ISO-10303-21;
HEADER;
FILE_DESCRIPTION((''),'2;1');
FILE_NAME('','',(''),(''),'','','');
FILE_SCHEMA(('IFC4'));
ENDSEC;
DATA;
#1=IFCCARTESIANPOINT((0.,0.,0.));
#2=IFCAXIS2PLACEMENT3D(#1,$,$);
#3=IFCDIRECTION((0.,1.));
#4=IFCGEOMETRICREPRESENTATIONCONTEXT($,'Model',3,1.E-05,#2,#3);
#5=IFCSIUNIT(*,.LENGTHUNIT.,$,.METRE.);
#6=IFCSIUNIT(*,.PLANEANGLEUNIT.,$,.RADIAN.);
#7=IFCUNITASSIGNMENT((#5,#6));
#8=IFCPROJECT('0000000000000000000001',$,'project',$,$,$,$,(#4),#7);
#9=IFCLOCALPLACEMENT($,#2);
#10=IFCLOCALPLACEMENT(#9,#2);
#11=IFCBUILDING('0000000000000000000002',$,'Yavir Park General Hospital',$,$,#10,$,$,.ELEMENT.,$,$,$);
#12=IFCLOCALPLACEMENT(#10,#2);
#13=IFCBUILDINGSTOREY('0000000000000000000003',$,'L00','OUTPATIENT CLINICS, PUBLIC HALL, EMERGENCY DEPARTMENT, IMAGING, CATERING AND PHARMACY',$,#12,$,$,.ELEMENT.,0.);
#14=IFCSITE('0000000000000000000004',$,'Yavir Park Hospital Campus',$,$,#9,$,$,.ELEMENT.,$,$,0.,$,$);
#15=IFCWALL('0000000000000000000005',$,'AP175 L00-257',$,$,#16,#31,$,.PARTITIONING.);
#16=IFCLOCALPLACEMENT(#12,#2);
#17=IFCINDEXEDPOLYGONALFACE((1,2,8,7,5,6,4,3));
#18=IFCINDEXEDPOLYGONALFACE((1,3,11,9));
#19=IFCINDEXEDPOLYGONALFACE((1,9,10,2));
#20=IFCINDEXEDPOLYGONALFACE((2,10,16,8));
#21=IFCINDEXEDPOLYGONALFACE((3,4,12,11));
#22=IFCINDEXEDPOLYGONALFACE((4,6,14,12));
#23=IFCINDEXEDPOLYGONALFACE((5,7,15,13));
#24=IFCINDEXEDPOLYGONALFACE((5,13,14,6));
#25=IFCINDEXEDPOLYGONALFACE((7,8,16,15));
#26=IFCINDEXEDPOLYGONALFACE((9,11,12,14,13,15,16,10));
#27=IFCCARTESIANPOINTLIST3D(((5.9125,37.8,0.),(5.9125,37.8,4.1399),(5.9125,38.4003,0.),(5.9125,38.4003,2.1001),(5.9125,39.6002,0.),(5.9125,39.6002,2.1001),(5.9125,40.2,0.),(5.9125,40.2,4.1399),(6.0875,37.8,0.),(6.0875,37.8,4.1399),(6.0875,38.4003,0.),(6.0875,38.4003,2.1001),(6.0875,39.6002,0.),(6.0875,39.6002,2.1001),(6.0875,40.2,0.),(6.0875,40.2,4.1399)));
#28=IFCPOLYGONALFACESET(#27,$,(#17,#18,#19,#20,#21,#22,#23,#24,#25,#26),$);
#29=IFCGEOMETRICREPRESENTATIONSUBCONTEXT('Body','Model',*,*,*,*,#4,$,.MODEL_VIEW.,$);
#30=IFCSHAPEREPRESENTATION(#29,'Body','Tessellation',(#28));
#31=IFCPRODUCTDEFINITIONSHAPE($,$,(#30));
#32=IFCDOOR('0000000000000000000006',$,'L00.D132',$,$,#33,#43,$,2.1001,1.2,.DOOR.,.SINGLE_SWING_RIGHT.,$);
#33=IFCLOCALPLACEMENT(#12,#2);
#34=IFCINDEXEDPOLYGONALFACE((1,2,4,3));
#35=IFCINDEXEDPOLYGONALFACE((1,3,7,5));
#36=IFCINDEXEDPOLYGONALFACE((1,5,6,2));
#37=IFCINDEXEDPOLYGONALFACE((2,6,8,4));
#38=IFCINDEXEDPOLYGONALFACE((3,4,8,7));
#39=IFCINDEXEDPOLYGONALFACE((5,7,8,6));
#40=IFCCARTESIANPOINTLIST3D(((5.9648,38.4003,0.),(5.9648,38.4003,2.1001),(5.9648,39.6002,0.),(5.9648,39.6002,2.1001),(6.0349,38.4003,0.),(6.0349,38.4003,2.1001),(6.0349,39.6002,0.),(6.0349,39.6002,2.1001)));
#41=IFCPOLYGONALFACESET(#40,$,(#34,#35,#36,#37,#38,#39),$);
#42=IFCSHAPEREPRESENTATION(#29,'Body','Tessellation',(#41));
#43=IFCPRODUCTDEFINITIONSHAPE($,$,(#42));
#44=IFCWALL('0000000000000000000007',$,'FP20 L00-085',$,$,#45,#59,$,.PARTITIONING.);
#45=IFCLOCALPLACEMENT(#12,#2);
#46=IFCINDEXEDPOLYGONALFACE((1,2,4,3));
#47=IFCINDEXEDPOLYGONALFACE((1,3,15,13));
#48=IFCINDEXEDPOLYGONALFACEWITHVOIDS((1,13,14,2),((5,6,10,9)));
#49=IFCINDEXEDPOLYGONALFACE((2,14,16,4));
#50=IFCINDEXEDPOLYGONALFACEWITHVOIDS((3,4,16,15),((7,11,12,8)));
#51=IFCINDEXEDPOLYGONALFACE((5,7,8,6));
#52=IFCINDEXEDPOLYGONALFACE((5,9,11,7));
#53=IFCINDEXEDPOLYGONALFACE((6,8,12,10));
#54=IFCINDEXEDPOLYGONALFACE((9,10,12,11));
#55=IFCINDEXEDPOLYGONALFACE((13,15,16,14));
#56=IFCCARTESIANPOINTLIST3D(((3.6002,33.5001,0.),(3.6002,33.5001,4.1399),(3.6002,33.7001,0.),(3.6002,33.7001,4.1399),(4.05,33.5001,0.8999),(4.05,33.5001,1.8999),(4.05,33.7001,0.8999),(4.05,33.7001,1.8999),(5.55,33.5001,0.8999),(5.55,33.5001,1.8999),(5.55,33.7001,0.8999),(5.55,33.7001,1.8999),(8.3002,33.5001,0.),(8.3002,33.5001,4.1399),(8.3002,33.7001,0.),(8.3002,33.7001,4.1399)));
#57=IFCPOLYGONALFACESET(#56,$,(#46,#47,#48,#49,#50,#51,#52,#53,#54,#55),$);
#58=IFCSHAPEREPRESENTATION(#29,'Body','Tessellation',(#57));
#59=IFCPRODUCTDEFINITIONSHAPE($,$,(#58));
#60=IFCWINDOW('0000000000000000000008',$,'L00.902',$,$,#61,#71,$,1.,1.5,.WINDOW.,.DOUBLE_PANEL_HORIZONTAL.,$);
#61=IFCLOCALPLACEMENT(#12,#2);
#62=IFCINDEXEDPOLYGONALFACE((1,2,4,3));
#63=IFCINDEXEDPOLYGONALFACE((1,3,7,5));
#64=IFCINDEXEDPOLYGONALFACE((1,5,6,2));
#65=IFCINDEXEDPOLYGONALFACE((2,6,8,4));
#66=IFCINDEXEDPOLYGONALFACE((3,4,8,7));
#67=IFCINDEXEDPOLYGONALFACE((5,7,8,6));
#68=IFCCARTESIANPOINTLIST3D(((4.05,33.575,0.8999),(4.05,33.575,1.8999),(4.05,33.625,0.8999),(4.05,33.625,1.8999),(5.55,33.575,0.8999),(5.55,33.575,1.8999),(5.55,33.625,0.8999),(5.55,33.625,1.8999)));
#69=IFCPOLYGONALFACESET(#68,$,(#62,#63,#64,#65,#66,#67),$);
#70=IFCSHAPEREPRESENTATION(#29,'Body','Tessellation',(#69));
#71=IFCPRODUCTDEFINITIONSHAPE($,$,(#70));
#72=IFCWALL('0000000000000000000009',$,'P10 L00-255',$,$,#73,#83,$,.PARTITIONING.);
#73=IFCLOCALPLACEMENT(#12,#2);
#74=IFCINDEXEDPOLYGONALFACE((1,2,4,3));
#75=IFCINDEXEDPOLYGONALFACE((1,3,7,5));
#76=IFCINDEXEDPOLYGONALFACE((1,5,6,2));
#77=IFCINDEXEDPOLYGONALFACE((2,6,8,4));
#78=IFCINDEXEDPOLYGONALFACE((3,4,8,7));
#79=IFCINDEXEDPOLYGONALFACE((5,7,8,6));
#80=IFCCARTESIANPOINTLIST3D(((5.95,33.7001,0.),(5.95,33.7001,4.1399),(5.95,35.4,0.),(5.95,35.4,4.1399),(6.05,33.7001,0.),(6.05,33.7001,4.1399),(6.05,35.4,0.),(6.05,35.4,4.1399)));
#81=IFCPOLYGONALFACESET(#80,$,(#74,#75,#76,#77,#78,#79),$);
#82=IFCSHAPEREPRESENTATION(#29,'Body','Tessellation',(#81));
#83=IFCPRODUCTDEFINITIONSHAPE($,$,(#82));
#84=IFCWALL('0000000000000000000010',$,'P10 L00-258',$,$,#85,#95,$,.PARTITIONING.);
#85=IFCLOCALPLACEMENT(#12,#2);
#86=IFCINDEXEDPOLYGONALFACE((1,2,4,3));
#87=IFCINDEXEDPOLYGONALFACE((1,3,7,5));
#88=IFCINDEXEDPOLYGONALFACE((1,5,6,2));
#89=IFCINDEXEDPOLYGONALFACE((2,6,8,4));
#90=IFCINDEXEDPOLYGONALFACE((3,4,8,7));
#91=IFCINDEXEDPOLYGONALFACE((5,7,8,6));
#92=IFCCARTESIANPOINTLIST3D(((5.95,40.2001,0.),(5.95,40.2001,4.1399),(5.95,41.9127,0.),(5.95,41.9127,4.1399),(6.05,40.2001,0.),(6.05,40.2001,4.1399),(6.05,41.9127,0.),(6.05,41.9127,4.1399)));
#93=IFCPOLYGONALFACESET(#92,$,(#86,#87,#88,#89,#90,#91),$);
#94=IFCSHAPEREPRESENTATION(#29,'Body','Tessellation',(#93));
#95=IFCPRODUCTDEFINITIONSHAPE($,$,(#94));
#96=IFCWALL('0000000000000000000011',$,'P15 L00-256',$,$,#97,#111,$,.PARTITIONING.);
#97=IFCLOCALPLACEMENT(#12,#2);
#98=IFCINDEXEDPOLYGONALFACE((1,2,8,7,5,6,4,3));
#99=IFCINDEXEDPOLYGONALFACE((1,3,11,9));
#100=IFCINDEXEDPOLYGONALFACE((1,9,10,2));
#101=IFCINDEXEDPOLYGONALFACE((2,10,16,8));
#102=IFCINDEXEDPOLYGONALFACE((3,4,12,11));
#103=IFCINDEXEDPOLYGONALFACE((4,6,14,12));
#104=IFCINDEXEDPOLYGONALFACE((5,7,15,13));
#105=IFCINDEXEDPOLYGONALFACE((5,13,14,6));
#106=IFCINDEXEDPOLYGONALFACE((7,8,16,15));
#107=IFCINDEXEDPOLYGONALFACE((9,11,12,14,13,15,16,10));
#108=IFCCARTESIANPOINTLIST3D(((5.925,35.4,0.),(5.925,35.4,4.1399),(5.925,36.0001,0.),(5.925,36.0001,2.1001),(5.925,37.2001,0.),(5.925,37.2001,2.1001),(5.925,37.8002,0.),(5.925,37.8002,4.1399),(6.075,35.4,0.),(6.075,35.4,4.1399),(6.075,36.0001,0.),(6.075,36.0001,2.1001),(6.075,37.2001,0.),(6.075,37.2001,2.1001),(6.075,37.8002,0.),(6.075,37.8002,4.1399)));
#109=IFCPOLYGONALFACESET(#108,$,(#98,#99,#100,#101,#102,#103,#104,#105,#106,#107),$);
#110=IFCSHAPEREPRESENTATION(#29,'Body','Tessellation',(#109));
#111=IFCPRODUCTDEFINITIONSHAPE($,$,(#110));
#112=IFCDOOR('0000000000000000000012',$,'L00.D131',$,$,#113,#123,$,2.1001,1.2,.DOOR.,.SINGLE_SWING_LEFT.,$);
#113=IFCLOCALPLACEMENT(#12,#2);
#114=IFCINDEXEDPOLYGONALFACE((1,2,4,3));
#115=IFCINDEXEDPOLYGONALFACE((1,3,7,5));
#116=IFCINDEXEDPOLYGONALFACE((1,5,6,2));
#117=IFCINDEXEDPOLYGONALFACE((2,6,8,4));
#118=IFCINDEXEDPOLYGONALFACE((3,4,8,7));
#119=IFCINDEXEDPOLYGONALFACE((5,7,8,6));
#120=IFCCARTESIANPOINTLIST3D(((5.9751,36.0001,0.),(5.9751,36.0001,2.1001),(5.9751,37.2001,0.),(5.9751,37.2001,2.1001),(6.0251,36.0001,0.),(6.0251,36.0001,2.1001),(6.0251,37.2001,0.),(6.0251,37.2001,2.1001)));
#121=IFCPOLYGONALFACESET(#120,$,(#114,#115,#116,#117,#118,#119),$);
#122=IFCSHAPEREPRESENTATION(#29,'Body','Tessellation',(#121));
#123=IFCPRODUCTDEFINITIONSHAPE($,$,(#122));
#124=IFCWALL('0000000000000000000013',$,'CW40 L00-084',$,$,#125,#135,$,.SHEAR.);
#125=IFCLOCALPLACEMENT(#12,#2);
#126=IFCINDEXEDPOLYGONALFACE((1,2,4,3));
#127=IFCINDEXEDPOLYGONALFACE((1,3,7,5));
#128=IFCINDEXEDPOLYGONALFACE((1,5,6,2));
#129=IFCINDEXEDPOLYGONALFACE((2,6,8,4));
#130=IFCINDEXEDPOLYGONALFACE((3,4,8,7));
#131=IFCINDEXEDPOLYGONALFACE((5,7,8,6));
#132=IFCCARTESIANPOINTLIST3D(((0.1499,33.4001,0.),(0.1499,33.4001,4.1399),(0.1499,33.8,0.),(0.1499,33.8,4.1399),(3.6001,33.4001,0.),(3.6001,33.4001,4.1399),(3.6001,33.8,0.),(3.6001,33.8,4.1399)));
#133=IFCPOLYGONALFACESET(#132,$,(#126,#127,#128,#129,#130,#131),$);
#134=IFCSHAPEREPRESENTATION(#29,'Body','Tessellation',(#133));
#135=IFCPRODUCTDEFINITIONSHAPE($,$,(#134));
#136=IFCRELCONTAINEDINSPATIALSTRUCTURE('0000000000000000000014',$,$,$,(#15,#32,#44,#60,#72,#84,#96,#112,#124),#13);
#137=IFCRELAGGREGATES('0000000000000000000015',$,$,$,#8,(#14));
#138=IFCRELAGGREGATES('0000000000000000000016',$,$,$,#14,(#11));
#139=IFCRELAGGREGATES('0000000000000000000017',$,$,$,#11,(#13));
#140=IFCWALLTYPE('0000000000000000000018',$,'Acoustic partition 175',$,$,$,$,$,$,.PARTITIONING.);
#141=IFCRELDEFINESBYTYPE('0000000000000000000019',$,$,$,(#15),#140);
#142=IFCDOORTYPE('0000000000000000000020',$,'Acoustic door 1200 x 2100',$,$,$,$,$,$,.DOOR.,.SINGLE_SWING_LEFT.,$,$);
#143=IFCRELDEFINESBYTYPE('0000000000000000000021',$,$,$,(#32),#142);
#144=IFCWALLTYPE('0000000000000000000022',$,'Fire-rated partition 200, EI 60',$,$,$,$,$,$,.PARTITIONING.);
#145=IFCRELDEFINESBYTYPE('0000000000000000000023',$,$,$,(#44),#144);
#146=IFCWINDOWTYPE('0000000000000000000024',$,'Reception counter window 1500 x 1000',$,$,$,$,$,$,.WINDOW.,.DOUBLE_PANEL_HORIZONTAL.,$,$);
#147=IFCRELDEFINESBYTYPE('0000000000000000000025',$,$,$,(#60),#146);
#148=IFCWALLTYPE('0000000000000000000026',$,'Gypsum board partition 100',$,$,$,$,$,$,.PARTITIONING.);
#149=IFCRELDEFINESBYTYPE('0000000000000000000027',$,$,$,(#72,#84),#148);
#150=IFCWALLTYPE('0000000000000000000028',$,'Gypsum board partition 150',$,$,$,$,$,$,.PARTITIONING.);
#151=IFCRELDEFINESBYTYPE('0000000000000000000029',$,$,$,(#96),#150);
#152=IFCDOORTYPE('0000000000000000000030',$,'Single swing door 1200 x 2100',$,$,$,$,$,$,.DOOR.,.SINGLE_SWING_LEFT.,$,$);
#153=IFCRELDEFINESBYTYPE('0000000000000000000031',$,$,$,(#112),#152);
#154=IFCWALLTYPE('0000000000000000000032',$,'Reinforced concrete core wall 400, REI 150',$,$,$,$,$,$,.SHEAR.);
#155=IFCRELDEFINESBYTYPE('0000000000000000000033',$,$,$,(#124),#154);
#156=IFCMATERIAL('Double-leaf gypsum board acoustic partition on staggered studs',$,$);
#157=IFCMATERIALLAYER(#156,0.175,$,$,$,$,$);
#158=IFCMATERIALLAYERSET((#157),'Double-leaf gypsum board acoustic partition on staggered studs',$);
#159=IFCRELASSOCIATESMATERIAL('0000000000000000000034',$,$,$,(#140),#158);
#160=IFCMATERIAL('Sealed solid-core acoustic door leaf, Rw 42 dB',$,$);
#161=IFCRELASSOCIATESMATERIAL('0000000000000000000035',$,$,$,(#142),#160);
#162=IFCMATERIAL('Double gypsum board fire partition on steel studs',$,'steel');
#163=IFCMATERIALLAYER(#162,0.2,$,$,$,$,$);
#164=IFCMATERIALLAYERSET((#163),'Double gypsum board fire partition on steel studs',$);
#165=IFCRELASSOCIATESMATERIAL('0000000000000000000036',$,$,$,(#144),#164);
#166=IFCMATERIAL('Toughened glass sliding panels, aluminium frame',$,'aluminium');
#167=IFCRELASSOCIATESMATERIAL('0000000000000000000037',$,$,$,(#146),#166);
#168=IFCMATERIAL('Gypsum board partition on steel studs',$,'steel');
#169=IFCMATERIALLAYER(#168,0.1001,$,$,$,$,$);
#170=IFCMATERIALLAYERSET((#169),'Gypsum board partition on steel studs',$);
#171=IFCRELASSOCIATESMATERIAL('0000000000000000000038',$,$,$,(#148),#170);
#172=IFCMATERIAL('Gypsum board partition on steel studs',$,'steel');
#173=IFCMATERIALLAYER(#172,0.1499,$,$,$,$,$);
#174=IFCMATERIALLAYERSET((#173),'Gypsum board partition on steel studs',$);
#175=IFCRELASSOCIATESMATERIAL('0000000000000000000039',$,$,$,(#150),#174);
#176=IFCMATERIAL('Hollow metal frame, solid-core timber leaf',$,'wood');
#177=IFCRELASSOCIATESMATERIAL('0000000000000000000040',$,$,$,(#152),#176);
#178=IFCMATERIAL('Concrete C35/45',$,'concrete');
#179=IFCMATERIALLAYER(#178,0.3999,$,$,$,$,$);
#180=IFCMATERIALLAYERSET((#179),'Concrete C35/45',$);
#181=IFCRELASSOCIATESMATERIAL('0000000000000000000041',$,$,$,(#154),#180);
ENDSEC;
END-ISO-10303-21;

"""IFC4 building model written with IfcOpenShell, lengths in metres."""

from ifc_helpers import new_model, si_unit, direction, frame, frame_2d, origin, place, context, subcontext, project, spatial, rectangle, extrude, material, layer, layer_set, type_object, element, fill, save


model = new_model("IFC4")

# Units and contexts
model_context = context("Model", 3, precision=1e-05, world=origin(), true_north=direction((0.0, 1.0)))
body_context = subcontext(model_context, "Body", "Model", "MODEL_VIEW")
ifc_project = project(units=[si_unit("LENGTHUNIT", "METRE"), si_unit("PLANEANGLEUNIT", "RADIAN")], contexts=[model_context])

# Site, building, storey
site_placement = place(None, origin())
site = spatial("IfcSite", under=ifc_project, at=site_placement, Name="Yavir Park Hospital Campus", CompositionType="ELEMENT", RefElevation=0.0)
building_placement = place(site_placement, origin())
building = spatial("IfcBuilding", under=site, at=building_placement, Name="Yavir Park General Hospital", CompositionType="ELEMENT")
storey_placement = place(building_placement, origin())
storey = spatial("IfcBuildingStorey", under=building, at=storey_placement, Name="L00", Description="OUTPATIENT CLINICS, PUBLIC HALL, EMERGENCY DEPARTMENT, IMAGING, CATERING AND PHARMACY", CompositionType="ELEMENT", Elevation=0.0)

# Shared definitions
ifc_material_1 = material(Name="Double-leaf gypsum board acoustic partition on staggered studs")
ifc_layer_1 = layer(ifc_material_1, 0.175)
ifc_layer_set_1 = layer_set([ifc_layer_1], Name="Double-leaf gypsum board acoustic partition on staggered studs")
wall_type_1 = type_object("IfcWallType", Name="Acoustic partition 175", PredefinedType="PARTITIONING", material=ifc_layer_set_1)

# Wall, opening, door
wall_1_placement = place(storey_placement, frame((6.0, 37.8, 0.0), z_axis=(0.0, 0.0, 1.0), x_axis=(0.0, 1.0, 0.0)))
wall_1 = element("IfcWall", 1, at=wall_1_placement, inside=storey, type_object=wall_type_1, Name="AP175 L00-257", PredefinedType="PARTITIONING", context=body_context, shape_type="SweptSolid", body=[
    extrude(rectangle(XDim=2.3999, YDim=0.175, at=frame_2d((1.2, 0.0))), origin(), (0.0, 0.0, 1.0), 4.1399),
])
opening_1_placement = place(wall_1_placement, frame((0.6001, 0.0, 0.0)))
opening_1 = element("IfcOpeningElement", 2, at=opening_1_placement, cuts=wall_1, PredefinedType="OPENING", context=body_context, shape_type="SweptSolid", body=[
    extrude(rectangle(XDim=1.2, YDim=2.1001, at=frame_2d((0.6001, 1.05))), frame((0.0, 0.0974, 0.0), z_axis=(0.0, -1.0, 0.0), x_axis=(1.0, 0.0, 0.0)), (0.0, 0.0, 1.0), 0.1951),
])
ifc_material_2 = material(Name="Sealed solid-core acoustic door leaf, Rw 42 dB")
door_type_1 = type_object("IfcDoorType", Name="Acoustic door 1200 x 2100", OperationType="SINGLE_SWING_LEFT", PredefinedType="DOOR", material=ifc_material_2)
door_1_placement = place(opening_1_placement, origin())
door_1 = element("IfcDoor", 3, at=door_1_placement, inside=storey, type_object=door_type_1, Name="L00.D132", OperationType="SINGLE_SWING_RIGHT", OverallHeight=2.1001, OverallWidth=1.2, PredefinedType="DOOR", context=body_context, shape_type="SweptSolid", body=[
    extrude(rectangle(XDim=1.2, YDim=2.1001, at=frame_2d((0.6001, 1.05))), frame((0.0, 0.0352, 0.0), z_axis=(0.0, -1.0, 0.0), x_axis=(1.0, 0.0, 0.0)), (0.0, 0.0, 1.0), 0.0701),
])
fill(opening_1, door_1)

# Wall, opening, window
ifc_material_3 = material(Name="Double gypsum board fire partition on steel studs", Category="steel")
ifc_layer_2 = layer(ifc_material_3, 0.2)
ifc_layer_set_2 = layer_set([ifc_layer_2], Name="Double gypsum board fire partition on steel studs")
wall_type_2 = type_object("IfcWallType", Name="Fire-rated partition 200, EI 60", PredefinedType="PARTITIONING", material=ifc_layer_set_2)
wall_2_placement = place(storey_placement, frame((3.6001, 33.6001, 0.0), z_axis=(0.0, 0.0, 1.0), x_axis=(1.0, 0.0, 0.0)))
wall_2 = element("IfcWall", 4, at=wall_2_placement, inside=storey, type_object=wall_type_2, Name="FP20 L00-085", PredefinedType="PARTITIONING", context=body_context, shape_type="SweptSolid", body=[
    extrude(rectangle(XDim=4.7, YDim=0.2, at=frame_2d((2.3501, 0.0))), origin(), (0.0, 0.0, 1.0), 4.1399),
])
opening_2_placement = place(wall_2_placement, frame((0.45, 0.0, 0.8999)))
opening_2 = element("IfcOpeningElement", 5, at=opening_2_placement, cuts=wall_2, PredefinedType="OPENING", context=body_context, shape_type="SweptSolid", body=[
    extrude(rectangle(XDim=1.5, YDim=1.0, at=frame_2d((0.75, 0.5))), frame((0.0, 0.1099, 0.0), z_axis=(0.0, -1.0, 0.0), x_axis=(1.0, 0.0, 0.0)), (0.0, 0.0, 1.0), 0.22),
])
ifc_material_4 = material(Name="Toughened glass sliding panels, aluminium frame", Category="aluminium")
window_type = type_object("IfcWindowType", Name="Reception counter window 1500 x 1000", PartitioningType="DOUBLE_PANEL_HORIZONTAL", PredefinedType="WINDOW", material=ifc_material_4)
window_placement = place(opening_2_placement, origin())
window = element("IfcWindow", 6, at=window_placement, inside=storey, type_object=window_type, Name="L00.902", OverallHeight=1.0, OverallWidth=1.5, PartitioningType="DOUBLE_PANEL_HORIZONTAL", PredefinedType="WINDOW", context=body_context, shape_type="SweptSolid", body=[
    extrude(rectangle(XDim=1.5, YDim=1.0, at=frame_2d((0.75, 0.5))), frame((0.0, 0.0249, 0.0), z_axis=(0.0, -1.0, 0.0), x_axis=(1.0, 0.0, 0.0)), (0.0, 0.0, 1.0), 0.05),
])
fill(opening_2, window)

# Walls
ifc_material_5 = material(Name="Gypsum board partition on steel studs", Category="steel")
ifc_layer_3 = layer(ifc_material_5, 0.1001)
ifc_layer_set_3 = layer_set([ifc_layer_3], Name="Gypsum board partition on steel studs")
wall_type_3 = type_object("IfcWallType", Name="Gypsum board partition 100", PredefinedType="PARTITIONING", material=ifc_layer_set_3)
wall_3_placement = place(storey_placement, frame((6.0, 33.7, 0.0), z_axis=(0.0, 0.0, 1.0), x_axis=(0.0, 1.0, 0.0)))
element("IfcWall", 7, at=wall_3_placement, inside=storey, type_object=wall_type_3, Name="P10 L00-255", PredefinedType="PARTITIONING", context=body_context, shape_type="SweptSolid", body=[
    extrude(rectangle(XDim=1.7, YDim=0.1001, at=frame_2d((0.8501, 0.0))), origin(), (0.0, 0.0, 1.0), 4.1399),
])
wall_4_placement = place(storey_placement, frame((6.0, 40.2, 0.0), z_axis=(0.0, 0.0, 1.0), x_axis=(0.0, 1.0, 0.0)))
element("IfcWall", 8, at=wall_4_placement, inside=storey, type_object=wall_type_3, Name="P10 L00-258", PredefinedType="PARTITIONING", context=body_context, shape_type="SweptSolid", body=[
    extrude(rectangle(XDim=1.7126, YDim=0.1001, at=frame_2d((0.8564, 0.0))), origin(), (0.0, 0.0, 1.0), 4.1399),
])

# Wall, opening, door
ifc_material_6 = material(Name="Gypsum board partition on steel studs", Category="steel")
ifc_layer_4 = layer(ifc_material_6, 0.1499)
ifc_layer_set_4 = layer_set([ifc_layer_4], Name="Gypsum board partition on steel studs")
wall_type_4 = type_object("IfcWallType", Name="Gypsum board partition 150", PredefinedType="PARTITIONING", material=ifc_layer_set_4)
wall_5_placement = place(storey_placement, frame((6.0, 35.3999, 0.0), z_axis=(0.0, 0.0, 1.0), x_axis=(0.0, 1.0, 0.0)))
wall_5 = element("IfcWall", 9, at=wall_5_placement, inside=storey, type_object=wall_type_4, Name="P15 L00-256", PredefinedType="PARTITIONING", context=body_context, shape_type="SweptSolid", body=[
    extrude(rectangle(XDim=2.4001, YDim=0.1499, at=frame_2d((1.2002, 0.0))), origin(), (0.0, 0.0, 1.0), 4.1399),
])
opening_3_placement = place(wall_5_placement, frame((0.6001, 0.0, 0.0)))
opening_3 = element("IfcOpeningElement", 10, at=opening_3_placement, cuts=wall_5, PredefinedType="OPENING", context=body_context, shape_type="SweptSolid", body=[
    extrude(rectangle(XDim=1.2, YDim=2.1001, at=frame_2d((0.6001, 1.05))), frame((0.0, 0.085, 0.0), z_axis=(0.0, -1.0, 0.0), x_axis=(1.0, 0.0, 0.0)), (0.0, 0.0, 1.0), 0.1699),
])
ifc_material_7 = material(Name="Hollow metal frame, solid-core timber leaf", Category="wood")
door_type_2 = type_object("IfcDoorType", Name="Single swing door 1200 x 2100", OperationType="SINGLE_SWING_LEFT", PredefinedType="DOOR", material=ifc_material_7)
door_2_placement = place(opening_3_placement, origin())
door_2 = element("IfcDoor", 11, at=door_2_placement, inside=storey, type_object=door_type_2, Name="L00.D131", OperationType="SINGLE_SWING_LEFT", OverallHeight=2.1001, OverallWidth=1.2, PredefinedType="DOOR", context=body_context, shape_type="SweptSolid", body=[
    extrude(rectangle(XDim=1.2, YDim=2.1001, at=frame_2d((0.6001, 1.05))), frame((0.0, 0.0249, 0.0), z_axis=(0.0, -1.0, 0.0), x_axis=(1.0, 0.0, 0.0)), (0.0, 0.0, 1.0), 0.05),
])
fill(opening_3, door_2)

# Wall
ifc_material_8 = material(Name="Concrete C35/45", Category="concrete")
ifc_layer_5 = layer(ifc_material_8, 0.3999)
ifc_layer_set_5 = layer_set([ifc_layer_5], Name="Concrete C35/45")
wall_type_5 = type_object("IfcWallType", Name="Reinforced concrete core wall 400, REI 150", PredefinedType="SHEAR", material=ifc_layer_set_5)
wall_6_placement = place(storey_placement, frame((0.1499, 33.6001, 0.0), z_axis=(0.0, 0.0, 1.0), x_axis=(1.0, 0.0, 0.0)))
element("IfcWall", 12, at=wall_6_placement, inside=storey, type_object=wall_type_5, Name="CW40 L00-084", PredefinedType="SHEAR", context=body_context, shape_type="SweptSolid", body=[
    extrude(rectangle(XDim=3.4502, YDim=0.3999, at=frame_2d((1.7251, 0.0))), origin(), (0.0, 0.0, 1.0), 4.1399),
])

save(model, "model.ifc")
